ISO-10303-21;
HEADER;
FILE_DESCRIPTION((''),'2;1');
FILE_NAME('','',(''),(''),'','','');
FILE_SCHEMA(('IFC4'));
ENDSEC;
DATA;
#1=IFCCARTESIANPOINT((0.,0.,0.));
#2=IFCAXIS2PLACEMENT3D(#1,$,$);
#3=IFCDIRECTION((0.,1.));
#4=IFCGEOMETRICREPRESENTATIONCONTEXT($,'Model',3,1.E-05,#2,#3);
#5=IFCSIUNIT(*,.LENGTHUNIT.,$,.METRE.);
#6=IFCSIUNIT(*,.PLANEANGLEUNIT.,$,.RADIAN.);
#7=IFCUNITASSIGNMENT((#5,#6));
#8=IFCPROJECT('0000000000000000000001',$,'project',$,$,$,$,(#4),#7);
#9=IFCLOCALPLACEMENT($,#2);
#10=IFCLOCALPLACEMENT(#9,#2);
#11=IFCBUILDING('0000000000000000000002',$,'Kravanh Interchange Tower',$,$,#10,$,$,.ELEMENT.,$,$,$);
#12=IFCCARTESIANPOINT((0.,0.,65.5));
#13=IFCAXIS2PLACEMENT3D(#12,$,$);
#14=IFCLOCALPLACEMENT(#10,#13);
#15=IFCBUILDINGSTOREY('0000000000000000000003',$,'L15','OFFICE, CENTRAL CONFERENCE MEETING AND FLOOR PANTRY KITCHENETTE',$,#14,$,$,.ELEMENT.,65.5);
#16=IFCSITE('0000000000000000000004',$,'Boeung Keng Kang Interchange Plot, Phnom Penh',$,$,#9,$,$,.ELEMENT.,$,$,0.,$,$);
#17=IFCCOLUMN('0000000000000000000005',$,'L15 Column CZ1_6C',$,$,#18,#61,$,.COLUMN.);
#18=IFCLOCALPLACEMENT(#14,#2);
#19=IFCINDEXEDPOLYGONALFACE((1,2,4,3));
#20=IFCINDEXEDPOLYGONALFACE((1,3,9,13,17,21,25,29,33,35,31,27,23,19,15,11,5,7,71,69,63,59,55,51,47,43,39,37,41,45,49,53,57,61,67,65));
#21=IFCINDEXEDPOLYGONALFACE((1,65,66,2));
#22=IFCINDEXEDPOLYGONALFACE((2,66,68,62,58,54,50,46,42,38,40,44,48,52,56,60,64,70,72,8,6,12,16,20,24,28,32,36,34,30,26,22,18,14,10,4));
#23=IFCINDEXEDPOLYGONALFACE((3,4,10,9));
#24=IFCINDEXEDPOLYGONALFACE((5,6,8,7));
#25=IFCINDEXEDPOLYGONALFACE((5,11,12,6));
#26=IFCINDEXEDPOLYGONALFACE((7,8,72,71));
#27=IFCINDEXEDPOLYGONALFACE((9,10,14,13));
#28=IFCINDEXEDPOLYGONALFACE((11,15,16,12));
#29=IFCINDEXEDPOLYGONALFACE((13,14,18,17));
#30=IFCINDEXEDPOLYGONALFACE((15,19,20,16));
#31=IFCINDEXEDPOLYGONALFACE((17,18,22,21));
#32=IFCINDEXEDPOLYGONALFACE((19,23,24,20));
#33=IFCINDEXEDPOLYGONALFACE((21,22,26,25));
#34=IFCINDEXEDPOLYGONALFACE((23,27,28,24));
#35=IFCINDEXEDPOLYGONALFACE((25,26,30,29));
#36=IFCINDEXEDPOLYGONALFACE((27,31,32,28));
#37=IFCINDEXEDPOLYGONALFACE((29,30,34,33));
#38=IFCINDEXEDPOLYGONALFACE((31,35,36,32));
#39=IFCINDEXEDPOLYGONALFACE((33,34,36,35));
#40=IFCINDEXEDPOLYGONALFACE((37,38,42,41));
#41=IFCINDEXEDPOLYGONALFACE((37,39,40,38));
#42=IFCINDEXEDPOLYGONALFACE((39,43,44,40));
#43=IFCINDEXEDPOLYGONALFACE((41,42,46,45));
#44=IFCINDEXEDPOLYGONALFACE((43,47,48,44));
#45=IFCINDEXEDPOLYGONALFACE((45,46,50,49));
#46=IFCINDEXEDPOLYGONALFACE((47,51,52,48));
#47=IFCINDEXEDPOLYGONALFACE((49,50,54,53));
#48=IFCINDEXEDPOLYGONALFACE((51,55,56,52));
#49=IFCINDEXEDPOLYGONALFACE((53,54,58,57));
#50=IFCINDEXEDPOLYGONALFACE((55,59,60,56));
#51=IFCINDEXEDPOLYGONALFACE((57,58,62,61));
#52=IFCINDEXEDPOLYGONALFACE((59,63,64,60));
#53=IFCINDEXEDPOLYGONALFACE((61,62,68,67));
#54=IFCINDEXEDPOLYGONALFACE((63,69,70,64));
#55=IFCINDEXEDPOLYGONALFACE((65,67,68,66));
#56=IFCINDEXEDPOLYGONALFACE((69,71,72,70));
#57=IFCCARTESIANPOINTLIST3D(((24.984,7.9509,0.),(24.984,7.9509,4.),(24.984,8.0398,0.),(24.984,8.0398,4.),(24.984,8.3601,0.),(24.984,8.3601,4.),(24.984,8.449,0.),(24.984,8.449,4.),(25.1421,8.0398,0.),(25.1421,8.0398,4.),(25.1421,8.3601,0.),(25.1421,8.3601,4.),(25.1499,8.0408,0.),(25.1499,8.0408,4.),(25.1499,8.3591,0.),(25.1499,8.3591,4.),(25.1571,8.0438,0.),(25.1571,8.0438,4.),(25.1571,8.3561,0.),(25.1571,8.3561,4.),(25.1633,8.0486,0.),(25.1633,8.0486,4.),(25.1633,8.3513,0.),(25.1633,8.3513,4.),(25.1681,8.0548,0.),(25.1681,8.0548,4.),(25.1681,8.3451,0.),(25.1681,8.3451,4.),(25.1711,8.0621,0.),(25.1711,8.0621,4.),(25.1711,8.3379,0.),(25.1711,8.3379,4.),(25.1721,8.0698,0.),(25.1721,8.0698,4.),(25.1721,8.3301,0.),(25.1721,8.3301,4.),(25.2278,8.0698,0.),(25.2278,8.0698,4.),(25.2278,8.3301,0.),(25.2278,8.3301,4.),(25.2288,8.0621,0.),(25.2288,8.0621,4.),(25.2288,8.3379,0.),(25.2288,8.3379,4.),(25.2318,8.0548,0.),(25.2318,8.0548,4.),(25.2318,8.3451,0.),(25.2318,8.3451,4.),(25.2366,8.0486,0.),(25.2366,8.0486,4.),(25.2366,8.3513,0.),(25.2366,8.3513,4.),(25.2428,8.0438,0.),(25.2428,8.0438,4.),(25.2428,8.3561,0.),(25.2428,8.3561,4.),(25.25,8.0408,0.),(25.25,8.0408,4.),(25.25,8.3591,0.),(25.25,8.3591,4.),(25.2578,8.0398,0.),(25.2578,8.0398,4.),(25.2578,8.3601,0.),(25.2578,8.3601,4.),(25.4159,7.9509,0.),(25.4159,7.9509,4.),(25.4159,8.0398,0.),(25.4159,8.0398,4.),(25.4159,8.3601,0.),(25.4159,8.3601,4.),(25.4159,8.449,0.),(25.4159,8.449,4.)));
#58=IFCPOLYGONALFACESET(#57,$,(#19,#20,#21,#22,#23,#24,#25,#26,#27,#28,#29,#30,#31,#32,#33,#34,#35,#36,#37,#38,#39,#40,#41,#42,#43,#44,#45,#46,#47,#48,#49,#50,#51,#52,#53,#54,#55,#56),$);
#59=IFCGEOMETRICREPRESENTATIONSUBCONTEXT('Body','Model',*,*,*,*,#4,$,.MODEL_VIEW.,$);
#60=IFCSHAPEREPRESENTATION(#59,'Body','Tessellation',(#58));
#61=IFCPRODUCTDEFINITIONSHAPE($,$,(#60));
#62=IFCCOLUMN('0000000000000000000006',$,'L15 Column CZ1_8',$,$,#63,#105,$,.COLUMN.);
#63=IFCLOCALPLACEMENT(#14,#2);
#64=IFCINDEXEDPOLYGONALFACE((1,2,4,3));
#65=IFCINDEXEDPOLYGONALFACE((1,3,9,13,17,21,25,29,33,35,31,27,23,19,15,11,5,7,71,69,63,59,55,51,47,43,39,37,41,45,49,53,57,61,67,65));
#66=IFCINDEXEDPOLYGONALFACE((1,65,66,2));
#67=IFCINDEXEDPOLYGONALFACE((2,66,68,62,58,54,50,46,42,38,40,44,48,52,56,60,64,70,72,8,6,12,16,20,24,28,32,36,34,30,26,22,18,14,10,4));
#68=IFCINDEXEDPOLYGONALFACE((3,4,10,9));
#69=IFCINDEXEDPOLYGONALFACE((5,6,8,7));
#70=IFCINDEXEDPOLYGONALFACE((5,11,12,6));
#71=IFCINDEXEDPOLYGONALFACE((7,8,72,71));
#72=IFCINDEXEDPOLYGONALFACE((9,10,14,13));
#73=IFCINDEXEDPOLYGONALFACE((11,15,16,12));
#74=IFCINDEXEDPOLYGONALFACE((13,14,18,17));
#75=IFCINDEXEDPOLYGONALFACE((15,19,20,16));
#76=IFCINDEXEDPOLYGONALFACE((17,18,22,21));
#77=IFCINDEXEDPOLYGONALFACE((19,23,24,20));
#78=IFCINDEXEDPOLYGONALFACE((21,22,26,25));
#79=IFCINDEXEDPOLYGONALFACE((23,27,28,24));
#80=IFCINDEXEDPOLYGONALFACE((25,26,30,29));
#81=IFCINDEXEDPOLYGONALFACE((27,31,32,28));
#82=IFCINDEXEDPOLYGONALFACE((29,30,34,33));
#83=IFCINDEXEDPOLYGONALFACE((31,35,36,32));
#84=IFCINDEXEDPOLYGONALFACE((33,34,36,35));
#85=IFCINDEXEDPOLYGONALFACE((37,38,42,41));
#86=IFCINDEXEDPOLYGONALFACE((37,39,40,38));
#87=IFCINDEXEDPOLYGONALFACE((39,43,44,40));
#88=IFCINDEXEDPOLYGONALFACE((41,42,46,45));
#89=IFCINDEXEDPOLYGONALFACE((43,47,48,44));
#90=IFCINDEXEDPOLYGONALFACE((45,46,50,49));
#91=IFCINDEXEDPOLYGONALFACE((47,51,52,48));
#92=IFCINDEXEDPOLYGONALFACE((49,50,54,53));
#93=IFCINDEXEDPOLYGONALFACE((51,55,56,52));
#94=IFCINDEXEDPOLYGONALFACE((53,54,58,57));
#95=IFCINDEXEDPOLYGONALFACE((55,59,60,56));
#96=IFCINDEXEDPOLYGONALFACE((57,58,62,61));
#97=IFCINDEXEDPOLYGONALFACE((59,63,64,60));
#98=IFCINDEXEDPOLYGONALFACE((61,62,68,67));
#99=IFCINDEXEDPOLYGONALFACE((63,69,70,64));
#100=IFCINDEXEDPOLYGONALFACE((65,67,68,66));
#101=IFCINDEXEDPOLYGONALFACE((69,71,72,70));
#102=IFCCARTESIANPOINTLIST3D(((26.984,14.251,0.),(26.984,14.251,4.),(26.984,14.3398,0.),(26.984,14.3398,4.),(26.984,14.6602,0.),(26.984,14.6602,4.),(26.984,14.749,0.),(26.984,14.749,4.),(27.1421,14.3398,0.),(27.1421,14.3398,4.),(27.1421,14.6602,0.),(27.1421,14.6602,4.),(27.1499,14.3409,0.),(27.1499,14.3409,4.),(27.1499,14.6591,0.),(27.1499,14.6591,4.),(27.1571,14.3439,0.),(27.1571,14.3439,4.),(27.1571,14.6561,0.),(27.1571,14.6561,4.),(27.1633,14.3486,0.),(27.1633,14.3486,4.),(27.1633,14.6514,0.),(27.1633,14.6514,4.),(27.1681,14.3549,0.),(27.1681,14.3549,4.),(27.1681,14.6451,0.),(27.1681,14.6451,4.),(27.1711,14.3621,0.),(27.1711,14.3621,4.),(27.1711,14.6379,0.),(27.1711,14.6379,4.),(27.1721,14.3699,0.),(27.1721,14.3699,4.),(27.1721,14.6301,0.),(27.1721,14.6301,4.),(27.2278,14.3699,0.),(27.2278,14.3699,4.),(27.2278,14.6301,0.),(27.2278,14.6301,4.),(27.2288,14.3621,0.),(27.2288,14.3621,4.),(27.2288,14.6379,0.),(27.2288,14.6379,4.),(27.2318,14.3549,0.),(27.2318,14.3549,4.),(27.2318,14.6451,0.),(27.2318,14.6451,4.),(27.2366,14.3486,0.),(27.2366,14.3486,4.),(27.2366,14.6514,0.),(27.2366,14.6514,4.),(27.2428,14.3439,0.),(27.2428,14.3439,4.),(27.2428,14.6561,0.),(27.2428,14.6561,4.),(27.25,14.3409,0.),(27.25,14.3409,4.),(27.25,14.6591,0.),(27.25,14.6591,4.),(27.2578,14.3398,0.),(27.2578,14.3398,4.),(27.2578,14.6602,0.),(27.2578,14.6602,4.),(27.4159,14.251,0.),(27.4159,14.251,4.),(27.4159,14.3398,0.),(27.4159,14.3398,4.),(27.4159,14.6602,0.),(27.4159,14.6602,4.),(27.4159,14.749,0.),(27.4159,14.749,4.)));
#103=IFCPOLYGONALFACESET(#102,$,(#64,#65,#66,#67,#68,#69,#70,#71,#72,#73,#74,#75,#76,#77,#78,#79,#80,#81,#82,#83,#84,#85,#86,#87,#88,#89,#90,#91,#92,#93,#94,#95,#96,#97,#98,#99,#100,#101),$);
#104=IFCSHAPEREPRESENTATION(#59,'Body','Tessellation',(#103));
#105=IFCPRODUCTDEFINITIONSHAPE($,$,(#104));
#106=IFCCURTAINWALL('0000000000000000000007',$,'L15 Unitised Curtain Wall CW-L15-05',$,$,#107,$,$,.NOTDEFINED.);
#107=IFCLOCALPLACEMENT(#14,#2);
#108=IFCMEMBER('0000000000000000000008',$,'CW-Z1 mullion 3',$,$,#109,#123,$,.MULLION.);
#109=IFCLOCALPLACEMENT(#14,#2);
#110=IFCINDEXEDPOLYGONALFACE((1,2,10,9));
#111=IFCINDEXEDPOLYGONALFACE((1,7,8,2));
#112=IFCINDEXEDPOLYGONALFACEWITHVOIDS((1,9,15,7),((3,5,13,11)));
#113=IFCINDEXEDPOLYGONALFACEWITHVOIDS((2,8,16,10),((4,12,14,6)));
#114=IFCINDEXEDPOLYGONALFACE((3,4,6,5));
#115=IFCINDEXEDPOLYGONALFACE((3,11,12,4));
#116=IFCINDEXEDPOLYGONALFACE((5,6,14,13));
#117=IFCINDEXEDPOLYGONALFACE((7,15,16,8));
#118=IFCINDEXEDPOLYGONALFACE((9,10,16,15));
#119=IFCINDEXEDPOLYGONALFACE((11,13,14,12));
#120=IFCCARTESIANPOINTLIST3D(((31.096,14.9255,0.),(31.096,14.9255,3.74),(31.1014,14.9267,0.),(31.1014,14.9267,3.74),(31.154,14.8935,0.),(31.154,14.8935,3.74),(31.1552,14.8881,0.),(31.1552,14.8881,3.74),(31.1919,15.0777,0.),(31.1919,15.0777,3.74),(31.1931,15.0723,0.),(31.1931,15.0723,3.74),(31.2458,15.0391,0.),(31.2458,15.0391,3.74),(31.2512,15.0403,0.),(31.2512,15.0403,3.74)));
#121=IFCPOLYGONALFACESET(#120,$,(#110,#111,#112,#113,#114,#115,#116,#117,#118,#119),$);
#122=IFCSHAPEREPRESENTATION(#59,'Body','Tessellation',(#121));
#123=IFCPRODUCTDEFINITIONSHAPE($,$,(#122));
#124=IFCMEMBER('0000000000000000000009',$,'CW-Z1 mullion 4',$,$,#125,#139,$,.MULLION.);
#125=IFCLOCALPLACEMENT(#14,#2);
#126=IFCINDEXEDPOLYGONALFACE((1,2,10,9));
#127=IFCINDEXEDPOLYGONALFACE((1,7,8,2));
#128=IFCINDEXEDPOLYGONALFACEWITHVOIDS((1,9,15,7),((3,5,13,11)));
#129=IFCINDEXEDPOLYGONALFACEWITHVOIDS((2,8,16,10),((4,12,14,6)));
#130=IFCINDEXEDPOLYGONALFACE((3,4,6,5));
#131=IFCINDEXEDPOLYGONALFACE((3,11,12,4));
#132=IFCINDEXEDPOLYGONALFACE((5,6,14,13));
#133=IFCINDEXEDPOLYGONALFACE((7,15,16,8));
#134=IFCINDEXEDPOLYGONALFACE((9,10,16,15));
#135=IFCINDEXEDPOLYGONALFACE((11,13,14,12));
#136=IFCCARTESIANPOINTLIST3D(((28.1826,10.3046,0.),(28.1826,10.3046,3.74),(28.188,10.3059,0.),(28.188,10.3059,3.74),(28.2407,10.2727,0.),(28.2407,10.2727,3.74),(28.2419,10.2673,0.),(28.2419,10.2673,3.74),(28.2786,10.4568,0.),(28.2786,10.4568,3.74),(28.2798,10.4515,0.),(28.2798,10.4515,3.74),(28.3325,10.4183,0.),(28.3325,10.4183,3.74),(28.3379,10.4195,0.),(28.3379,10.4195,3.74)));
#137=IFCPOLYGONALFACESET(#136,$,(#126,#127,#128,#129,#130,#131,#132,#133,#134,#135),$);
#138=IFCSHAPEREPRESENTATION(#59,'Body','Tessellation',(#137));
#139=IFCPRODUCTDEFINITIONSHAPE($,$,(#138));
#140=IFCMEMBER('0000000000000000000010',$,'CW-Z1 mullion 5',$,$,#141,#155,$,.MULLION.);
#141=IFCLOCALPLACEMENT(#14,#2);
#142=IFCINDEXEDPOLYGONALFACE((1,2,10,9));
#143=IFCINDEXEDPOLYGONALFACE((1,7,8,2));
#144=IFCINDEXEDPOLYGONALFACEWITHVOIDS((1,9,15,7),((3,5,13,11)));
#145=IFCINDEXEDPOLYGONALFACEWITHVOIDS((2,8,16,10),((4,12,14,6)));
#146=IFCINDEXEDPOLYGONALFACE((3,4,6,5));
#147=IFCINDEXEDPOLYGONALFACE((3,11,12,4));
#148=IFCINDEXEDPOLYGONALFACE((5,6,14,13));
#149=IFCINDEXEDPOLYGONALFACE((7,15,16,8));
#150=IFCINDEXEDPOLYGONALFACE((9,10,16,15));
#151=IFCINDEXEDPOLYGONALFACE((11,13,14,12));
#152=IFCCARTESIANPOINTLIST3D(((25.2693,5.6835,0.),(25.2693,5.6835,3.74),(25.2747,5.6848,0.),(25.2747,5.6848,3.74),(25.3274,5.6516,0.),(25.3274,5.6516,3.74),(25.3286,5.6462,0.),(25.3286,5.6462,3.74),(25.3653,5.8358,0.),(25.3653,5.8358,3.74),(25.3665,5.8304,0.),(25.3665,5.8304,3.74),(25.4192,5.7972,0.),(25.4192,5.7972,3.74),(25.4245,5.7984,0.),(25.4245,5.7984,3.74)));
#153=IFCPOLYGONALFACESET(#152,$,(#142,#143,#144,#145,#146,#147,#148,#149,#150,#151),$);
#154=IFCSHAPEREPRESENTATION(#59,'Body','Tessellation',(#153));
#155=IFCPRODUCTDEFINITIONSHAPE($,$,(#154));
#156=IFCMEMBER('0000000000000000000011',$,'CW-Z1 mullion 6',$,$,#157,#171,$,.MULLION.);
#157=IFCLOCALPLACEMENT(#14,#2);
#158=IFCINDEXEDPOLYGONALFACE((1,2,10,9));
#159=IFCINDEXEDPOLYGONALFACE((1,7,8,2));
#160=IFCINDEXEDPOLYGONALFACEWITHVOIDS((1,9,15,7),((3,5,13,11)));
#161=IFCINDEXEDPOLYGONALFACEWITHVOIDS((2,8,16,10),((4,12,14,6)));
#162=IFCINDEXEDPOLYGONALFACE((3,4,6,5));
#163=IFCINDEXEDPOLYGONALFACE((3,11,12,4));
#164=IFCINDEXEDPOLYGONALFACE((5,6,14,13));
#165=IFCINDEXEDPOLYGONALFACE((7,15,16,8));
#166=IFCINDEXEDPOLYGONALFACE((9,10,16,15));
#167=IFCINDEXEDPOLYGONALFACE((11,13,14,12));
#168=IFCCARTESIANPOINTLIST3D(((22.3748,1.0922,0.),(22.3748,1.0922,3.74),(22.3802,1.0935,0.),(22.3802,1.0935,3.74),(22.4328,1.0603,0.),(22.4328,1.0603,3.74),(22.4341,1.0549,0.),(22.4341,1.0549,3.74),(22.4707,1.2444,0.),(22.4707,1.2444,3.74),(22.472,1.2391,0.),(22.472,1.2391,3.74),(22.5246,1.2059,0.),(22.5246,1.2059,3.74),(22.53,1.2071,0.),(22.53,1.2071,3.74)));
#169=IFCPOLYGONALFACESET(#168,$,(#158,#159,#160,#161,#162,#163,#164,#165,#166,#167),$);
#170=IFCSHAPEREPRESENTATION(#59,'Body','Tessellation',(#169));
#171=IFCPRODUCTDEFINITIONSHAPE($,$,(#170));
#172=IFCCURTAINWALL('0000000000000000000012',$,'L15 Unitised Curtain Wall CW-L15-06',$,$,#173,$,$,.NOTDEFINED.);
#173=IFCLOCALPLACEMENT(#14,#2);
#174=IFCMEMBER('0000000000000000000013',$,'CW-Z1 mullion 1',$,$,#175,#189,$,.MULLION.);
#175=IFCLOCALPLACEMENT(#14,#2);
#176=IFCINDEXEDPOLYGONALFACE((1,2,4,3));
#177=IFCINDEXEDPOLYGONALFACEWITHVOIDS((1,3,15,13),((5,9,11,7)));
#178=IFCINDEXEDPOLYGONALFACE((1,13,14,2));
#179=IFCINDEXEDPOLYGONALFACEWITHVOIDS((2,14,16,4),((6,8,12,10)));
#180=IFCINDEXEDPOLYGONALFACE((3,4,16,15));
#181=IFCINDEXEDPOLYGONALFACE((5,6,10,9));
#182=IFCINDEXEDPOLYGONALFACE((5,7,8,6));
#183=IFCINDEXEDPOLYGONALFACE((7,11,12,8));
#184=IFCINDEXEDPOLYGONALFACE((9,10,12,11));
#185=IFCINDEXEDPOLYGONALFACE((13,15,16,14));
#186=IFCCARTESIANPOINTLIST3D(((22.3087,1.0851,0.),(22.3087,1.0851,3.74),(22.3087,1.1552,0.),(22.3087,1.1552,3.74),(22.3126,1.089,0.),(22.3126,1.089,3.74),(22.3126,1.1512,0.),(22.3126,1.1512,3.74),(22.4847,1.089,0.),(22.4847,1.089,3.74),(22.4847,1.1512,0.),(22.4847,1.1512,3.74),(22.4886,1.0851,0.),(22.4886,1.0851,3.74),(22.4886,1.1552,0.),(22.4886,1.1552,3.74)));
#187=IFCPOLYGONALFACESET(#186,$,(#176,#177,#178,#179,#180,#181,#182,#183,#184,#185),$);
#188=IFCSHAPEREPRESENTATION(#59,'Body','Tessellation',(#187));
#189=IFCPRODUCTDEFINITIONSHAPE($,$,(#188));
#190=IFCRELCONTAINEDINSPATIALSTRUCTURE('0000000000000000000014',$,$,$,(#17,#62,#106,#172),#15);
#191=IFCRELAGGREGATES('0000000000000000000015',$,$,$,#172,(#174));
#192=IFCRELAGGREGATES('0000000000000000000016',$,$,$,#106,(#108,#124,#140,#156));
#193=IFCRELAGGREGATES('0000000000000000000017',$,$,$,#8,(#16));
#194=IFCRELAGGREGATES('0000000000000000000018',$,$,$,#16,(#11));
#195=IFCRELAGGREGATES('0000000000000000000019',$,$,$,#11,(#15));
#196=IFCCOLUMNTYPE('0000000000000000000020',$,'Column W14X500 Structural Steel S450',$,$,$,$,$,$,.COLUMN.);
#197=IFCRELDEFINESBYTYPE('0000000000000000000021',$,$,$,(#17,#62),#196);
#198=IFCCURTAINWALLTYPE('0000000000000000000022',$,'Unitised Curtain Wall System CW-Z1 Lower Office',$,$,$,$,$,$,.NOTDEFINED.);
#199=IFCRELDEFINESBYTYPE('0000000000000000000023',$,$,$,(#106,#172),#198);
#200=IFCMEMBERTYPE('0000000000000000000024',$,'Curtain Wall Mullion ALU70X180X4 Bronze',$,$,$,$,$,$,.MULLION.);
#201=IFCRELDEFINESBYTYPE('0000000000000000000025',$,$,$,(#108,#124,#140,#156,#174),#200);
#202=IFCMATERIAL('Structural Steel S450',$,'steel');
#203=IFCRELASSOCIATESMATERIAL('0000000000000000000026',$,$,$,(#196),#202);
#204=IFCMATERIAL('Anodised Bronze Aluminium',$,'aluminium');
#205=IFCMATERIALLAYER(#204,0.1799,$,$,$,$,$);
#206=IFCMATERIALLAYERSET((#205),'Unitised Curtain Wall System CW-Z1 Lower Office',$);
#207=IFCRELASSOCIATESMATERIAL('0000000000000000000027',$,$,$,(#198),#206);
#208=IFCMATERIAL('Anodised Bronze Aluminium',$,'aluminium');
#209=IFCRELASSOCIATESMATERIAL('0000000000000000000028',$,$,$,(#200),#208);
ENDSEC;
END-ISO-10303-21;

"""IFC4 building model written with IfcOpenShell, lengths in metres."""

from ifc_helpers import new_model, si_unit, direction, frame, origin, origin_2d, place, context, subcontext, project, spatial, hollow_rectangle, i_section, extrude, material, layer, layer_set, material_profile, profile_set, type_object, element, aggregate, save


model = new_model("IFC4")

# Units and contexts
model_context = context("Model", 3, precision=1e-05, world=origin(), true_north=direction((0.0, 1.0)))
body_context = subcontext(model_context, "Body", "Model", "MODEL_VIEW")
ifc_project = project(units=[si_unit("LENGTHUNIT", "METRE"), si_unit("PLANEANGLEUNIT", "RADIAN")], contexts=[model_context])

# Site, building, storey
site_placement = place(None, origin())
site = spatial("IfcSite", under=ifc_project, at=site_placement, Name="Boeung Keng Kang Interchange Plot, Phnom Penh", CompositionType="ELEMENT", RefElevation=0.0)
building_placement = place(site_placement, origin())
building = spatial("IfcBuilding", under=site, at=building_placement, Name="Kravanh Interchange Tower", CompositionType="ELEMENT")
storey_placement = place(building_placement, frame((0.0, 0.0, 65.5)))
storey = spatial("IfcBuildingStorey", under=building, at=storey_placement, Name="L15", Description="OFFICE, CENTRAL CONFERENCE MEETING AND FLOOR PANTRY KITCHENETTE", CompositionType="ELEMENT", Elevation=65.5)

# Columns
ifc_material_1 = material(Name="Structural Steel S450", Category="steel")
ifc_material_profile_1 = material_profile(ifc_material_1, i_section(OverallWidth=0.4319, OverallDepth=0.498, WebThickness=0.0557, FlangeThickness=0.0889, FilletRadius=0.03, at=origin_2d()), Name="W14X500")
ifc_profile_set_1 = profile_set([ifc_material_profile_1], Name="Structural Steel S450")
column_type = type_object("IfcColumnType", Name="Column W14X500 Structural Steel S450", PredefinedType="COLUMN", material=ifc_profile_set_1)
for number, where, z_axis, x_axis, name in (
    (1, (25.2, 8.2, 0.0), (0.0, 0.0, 1.0), (1.0, 0.0, 0.0), "L15 Column CZ1_6C"),
    (2, (27.2, 14.5, 0.0), (0.0, 0.0, 1.0), (1.0, 0.0, 0.0), "L15 Column CZ1_8"),
):
    element("IfcColumn", number, at=place(storey_placement, frame(where, z_axis=z_axis, x_axis=x_axis)), inside=storey, type_object=column_type, Name=name, PredefinedType="COLUMN", context=body_context, shape_type="SweptSolid", body=[
        extrude(i_section(OverallWidth=0.4319, OverallDepth=0.498, WebThickness=0.0557, FlangeThickness=0.0889, FilletRadius=0.03, at=origin_2d()), origin(), (0.0, 0.0, 1.0), 4.0),
    ])

# Curtain wall, members
ifc_material_2 = material(Name="Anodised Bronze Aluminium", Category="aluminium")
ifc_layer_1 = layer(ifc_material_2, 0.1799)
ifc_layer_set_1 = layer_set([ifc_layer_1], Name="Unitised Curtain Wall System CW-Z1 Lower Office")
curtain_wall_type = type_object("IfcCurtainWallType", Name="Unitised Curtain Wall System CW-Z1 Lower Office", PredefinedType="NOTDEFINED", material=ifc_layer_set_1)
curtain_wall_1_placement = place(storey_placement, origin())
curtain_wall_1 = element("IfcCurtainWall", 3, at=curtain_wall_1_placement, inside=storey, type_object=curtain_wall_type, Name="L15 Unitised Curtain Wall CW-L15-05", PredefinedType="NOTDEFINED")
ifc_material_3 = material(Name="Anodised Bronze Aluminium", Category="aluminium")
ifc_material_profile_2 = material_profile(ifc_material_3, hollow_rectangle(XDim=0.0701, YDim=0.1799, WallThickness=0.0039, at=origin_2d()), Name="ALU70X180X4")
ifc_profile_set_2 = profile_set([ifc_material_profile_2], Name="Anodised Bronze Aluminium")
member_type_1 = type_object("IfcMemberType", Name="Curtain Wall Mullion ALU70X180X4 Bronze", PredefinedType="MULLION", material=ifc_profile_set_2)
member_1_placement = place(storey_placement, frame((31.1736, 14.9829, 0.0), z_axis=(0.0, 0.0, 1.0), x_axis=(0.845926, -0.533301, 0.0)))
member_1 = element("IfcMember", 4, at=member_1_placement, type_object=member_type_1, Name="CW-Z1 mullion 3", PredefinedType="MULLION", context=body_context, shape_type="SweptSolid", body=[
    extrude(hollow_rectangle(XDim=0.0701, YDim=0.1799, WallThickness=0.0039, at=origin_2d()), origin(), (0.0, 0.0, 1.0), 3.74),
])
member_2_placement = place(storey_placement, frame((28.2603, 10.3621, 0.0), z_axis=(0.0, 0.0, 1.0), x_axis=(0.845926, -0.533301, 0.0)))
member_2 = element("IfcMember", 5, at=member_2_placement, type_object=member_type_1, Name="CW-Z1 mullion 4", PredefinedType="MULLION", context=body_context, shape_type="SweptSolid", body=[
    extrude(hollow_rectangle(XDim=0.0701, YDim=0.1799, WallThickness=0.0039, at=origin_2d()), origin(), (0.0, 0.0, 1.0), 3.74),
])
member_3_placement = place(storey_placement, frame((25.3469, 5.741, 0.0), z_axis=(0.0, 0.0, 1.0), x_axis=(0.845926, -0.533301, 0.0)))
member_3 = element("IfcMember", 6, at=member_3_placement, type_object=member_type_1, Name="CW-Z1 mullion 5", PredefinedType="MULLION", context=body_context, shape_type="SweptSolid", body=[
    extrude(hollow_rectangle(XDim=0.0701, YDim=0.1799, WallThickness=0.0039, at=origin_2d()), origin(), (0.0, 0.0, 1.0), 3.74),
])
member_4_placement = place(storey_placement, frame((22.4524, 1.1497, 0.0), z_axis=(0.0, 0.0, 1.0), x_axis=(0.845926, -0.533301, 0.0)))
member_4 = element("IfcMember", 7, at=member_4_placement, type_object=member_type_1, Name="CW-Z1 mullion 6", PredefinedType="MULLION", context=body_context, shape_type="SweptSolid", body=[
    extrude(hollow_rectangle(XDim=0.0701, YDim=0.1799, WallThickness=0.0039, at=origin_2d()), origin(), (0.0, 0.0, 1.0), 3.74),
])

# Curtain wall, member
curtain_wall_2_placement = place(storey_placement, origin())
curtain_wall_2 = element("IfcCurtainWall", 8, at=curtain_wall_2_placement, inside=storey, type_object=curtain_wall_type, Name="L15 Unitised Curtain Wall CW-L15-06", PredefinedType="NOTDEFINED")
member_5_placement = place(storey_placement, frame((22.3987, 1.1201, 0.0), z_axis=(0.0, 0.0, 1.0), x_axis=(0.0, -1.0, 0.0)))
member_5 = element("IfcMember", 9, at=member_5_placement, type_object=member_type_1, Name="CW-Z1 mullion 1", PredefinedType="MULLION", context=body_context, shape_type="SweptSolid", body=[
    extrude(hollow_rectangle(XDim=0.0701, YDim=0.1799, WallThickness=0.0039, at=origin_2d()), origin(), (0.0, 0.0, 1.0), 3.74),
])

aggregate(curtain_wall_2, [member_5])

aggregate(curtain_wall_1, [member_1, member_2, member_3, member_4])

save(model, "model.ifc")
